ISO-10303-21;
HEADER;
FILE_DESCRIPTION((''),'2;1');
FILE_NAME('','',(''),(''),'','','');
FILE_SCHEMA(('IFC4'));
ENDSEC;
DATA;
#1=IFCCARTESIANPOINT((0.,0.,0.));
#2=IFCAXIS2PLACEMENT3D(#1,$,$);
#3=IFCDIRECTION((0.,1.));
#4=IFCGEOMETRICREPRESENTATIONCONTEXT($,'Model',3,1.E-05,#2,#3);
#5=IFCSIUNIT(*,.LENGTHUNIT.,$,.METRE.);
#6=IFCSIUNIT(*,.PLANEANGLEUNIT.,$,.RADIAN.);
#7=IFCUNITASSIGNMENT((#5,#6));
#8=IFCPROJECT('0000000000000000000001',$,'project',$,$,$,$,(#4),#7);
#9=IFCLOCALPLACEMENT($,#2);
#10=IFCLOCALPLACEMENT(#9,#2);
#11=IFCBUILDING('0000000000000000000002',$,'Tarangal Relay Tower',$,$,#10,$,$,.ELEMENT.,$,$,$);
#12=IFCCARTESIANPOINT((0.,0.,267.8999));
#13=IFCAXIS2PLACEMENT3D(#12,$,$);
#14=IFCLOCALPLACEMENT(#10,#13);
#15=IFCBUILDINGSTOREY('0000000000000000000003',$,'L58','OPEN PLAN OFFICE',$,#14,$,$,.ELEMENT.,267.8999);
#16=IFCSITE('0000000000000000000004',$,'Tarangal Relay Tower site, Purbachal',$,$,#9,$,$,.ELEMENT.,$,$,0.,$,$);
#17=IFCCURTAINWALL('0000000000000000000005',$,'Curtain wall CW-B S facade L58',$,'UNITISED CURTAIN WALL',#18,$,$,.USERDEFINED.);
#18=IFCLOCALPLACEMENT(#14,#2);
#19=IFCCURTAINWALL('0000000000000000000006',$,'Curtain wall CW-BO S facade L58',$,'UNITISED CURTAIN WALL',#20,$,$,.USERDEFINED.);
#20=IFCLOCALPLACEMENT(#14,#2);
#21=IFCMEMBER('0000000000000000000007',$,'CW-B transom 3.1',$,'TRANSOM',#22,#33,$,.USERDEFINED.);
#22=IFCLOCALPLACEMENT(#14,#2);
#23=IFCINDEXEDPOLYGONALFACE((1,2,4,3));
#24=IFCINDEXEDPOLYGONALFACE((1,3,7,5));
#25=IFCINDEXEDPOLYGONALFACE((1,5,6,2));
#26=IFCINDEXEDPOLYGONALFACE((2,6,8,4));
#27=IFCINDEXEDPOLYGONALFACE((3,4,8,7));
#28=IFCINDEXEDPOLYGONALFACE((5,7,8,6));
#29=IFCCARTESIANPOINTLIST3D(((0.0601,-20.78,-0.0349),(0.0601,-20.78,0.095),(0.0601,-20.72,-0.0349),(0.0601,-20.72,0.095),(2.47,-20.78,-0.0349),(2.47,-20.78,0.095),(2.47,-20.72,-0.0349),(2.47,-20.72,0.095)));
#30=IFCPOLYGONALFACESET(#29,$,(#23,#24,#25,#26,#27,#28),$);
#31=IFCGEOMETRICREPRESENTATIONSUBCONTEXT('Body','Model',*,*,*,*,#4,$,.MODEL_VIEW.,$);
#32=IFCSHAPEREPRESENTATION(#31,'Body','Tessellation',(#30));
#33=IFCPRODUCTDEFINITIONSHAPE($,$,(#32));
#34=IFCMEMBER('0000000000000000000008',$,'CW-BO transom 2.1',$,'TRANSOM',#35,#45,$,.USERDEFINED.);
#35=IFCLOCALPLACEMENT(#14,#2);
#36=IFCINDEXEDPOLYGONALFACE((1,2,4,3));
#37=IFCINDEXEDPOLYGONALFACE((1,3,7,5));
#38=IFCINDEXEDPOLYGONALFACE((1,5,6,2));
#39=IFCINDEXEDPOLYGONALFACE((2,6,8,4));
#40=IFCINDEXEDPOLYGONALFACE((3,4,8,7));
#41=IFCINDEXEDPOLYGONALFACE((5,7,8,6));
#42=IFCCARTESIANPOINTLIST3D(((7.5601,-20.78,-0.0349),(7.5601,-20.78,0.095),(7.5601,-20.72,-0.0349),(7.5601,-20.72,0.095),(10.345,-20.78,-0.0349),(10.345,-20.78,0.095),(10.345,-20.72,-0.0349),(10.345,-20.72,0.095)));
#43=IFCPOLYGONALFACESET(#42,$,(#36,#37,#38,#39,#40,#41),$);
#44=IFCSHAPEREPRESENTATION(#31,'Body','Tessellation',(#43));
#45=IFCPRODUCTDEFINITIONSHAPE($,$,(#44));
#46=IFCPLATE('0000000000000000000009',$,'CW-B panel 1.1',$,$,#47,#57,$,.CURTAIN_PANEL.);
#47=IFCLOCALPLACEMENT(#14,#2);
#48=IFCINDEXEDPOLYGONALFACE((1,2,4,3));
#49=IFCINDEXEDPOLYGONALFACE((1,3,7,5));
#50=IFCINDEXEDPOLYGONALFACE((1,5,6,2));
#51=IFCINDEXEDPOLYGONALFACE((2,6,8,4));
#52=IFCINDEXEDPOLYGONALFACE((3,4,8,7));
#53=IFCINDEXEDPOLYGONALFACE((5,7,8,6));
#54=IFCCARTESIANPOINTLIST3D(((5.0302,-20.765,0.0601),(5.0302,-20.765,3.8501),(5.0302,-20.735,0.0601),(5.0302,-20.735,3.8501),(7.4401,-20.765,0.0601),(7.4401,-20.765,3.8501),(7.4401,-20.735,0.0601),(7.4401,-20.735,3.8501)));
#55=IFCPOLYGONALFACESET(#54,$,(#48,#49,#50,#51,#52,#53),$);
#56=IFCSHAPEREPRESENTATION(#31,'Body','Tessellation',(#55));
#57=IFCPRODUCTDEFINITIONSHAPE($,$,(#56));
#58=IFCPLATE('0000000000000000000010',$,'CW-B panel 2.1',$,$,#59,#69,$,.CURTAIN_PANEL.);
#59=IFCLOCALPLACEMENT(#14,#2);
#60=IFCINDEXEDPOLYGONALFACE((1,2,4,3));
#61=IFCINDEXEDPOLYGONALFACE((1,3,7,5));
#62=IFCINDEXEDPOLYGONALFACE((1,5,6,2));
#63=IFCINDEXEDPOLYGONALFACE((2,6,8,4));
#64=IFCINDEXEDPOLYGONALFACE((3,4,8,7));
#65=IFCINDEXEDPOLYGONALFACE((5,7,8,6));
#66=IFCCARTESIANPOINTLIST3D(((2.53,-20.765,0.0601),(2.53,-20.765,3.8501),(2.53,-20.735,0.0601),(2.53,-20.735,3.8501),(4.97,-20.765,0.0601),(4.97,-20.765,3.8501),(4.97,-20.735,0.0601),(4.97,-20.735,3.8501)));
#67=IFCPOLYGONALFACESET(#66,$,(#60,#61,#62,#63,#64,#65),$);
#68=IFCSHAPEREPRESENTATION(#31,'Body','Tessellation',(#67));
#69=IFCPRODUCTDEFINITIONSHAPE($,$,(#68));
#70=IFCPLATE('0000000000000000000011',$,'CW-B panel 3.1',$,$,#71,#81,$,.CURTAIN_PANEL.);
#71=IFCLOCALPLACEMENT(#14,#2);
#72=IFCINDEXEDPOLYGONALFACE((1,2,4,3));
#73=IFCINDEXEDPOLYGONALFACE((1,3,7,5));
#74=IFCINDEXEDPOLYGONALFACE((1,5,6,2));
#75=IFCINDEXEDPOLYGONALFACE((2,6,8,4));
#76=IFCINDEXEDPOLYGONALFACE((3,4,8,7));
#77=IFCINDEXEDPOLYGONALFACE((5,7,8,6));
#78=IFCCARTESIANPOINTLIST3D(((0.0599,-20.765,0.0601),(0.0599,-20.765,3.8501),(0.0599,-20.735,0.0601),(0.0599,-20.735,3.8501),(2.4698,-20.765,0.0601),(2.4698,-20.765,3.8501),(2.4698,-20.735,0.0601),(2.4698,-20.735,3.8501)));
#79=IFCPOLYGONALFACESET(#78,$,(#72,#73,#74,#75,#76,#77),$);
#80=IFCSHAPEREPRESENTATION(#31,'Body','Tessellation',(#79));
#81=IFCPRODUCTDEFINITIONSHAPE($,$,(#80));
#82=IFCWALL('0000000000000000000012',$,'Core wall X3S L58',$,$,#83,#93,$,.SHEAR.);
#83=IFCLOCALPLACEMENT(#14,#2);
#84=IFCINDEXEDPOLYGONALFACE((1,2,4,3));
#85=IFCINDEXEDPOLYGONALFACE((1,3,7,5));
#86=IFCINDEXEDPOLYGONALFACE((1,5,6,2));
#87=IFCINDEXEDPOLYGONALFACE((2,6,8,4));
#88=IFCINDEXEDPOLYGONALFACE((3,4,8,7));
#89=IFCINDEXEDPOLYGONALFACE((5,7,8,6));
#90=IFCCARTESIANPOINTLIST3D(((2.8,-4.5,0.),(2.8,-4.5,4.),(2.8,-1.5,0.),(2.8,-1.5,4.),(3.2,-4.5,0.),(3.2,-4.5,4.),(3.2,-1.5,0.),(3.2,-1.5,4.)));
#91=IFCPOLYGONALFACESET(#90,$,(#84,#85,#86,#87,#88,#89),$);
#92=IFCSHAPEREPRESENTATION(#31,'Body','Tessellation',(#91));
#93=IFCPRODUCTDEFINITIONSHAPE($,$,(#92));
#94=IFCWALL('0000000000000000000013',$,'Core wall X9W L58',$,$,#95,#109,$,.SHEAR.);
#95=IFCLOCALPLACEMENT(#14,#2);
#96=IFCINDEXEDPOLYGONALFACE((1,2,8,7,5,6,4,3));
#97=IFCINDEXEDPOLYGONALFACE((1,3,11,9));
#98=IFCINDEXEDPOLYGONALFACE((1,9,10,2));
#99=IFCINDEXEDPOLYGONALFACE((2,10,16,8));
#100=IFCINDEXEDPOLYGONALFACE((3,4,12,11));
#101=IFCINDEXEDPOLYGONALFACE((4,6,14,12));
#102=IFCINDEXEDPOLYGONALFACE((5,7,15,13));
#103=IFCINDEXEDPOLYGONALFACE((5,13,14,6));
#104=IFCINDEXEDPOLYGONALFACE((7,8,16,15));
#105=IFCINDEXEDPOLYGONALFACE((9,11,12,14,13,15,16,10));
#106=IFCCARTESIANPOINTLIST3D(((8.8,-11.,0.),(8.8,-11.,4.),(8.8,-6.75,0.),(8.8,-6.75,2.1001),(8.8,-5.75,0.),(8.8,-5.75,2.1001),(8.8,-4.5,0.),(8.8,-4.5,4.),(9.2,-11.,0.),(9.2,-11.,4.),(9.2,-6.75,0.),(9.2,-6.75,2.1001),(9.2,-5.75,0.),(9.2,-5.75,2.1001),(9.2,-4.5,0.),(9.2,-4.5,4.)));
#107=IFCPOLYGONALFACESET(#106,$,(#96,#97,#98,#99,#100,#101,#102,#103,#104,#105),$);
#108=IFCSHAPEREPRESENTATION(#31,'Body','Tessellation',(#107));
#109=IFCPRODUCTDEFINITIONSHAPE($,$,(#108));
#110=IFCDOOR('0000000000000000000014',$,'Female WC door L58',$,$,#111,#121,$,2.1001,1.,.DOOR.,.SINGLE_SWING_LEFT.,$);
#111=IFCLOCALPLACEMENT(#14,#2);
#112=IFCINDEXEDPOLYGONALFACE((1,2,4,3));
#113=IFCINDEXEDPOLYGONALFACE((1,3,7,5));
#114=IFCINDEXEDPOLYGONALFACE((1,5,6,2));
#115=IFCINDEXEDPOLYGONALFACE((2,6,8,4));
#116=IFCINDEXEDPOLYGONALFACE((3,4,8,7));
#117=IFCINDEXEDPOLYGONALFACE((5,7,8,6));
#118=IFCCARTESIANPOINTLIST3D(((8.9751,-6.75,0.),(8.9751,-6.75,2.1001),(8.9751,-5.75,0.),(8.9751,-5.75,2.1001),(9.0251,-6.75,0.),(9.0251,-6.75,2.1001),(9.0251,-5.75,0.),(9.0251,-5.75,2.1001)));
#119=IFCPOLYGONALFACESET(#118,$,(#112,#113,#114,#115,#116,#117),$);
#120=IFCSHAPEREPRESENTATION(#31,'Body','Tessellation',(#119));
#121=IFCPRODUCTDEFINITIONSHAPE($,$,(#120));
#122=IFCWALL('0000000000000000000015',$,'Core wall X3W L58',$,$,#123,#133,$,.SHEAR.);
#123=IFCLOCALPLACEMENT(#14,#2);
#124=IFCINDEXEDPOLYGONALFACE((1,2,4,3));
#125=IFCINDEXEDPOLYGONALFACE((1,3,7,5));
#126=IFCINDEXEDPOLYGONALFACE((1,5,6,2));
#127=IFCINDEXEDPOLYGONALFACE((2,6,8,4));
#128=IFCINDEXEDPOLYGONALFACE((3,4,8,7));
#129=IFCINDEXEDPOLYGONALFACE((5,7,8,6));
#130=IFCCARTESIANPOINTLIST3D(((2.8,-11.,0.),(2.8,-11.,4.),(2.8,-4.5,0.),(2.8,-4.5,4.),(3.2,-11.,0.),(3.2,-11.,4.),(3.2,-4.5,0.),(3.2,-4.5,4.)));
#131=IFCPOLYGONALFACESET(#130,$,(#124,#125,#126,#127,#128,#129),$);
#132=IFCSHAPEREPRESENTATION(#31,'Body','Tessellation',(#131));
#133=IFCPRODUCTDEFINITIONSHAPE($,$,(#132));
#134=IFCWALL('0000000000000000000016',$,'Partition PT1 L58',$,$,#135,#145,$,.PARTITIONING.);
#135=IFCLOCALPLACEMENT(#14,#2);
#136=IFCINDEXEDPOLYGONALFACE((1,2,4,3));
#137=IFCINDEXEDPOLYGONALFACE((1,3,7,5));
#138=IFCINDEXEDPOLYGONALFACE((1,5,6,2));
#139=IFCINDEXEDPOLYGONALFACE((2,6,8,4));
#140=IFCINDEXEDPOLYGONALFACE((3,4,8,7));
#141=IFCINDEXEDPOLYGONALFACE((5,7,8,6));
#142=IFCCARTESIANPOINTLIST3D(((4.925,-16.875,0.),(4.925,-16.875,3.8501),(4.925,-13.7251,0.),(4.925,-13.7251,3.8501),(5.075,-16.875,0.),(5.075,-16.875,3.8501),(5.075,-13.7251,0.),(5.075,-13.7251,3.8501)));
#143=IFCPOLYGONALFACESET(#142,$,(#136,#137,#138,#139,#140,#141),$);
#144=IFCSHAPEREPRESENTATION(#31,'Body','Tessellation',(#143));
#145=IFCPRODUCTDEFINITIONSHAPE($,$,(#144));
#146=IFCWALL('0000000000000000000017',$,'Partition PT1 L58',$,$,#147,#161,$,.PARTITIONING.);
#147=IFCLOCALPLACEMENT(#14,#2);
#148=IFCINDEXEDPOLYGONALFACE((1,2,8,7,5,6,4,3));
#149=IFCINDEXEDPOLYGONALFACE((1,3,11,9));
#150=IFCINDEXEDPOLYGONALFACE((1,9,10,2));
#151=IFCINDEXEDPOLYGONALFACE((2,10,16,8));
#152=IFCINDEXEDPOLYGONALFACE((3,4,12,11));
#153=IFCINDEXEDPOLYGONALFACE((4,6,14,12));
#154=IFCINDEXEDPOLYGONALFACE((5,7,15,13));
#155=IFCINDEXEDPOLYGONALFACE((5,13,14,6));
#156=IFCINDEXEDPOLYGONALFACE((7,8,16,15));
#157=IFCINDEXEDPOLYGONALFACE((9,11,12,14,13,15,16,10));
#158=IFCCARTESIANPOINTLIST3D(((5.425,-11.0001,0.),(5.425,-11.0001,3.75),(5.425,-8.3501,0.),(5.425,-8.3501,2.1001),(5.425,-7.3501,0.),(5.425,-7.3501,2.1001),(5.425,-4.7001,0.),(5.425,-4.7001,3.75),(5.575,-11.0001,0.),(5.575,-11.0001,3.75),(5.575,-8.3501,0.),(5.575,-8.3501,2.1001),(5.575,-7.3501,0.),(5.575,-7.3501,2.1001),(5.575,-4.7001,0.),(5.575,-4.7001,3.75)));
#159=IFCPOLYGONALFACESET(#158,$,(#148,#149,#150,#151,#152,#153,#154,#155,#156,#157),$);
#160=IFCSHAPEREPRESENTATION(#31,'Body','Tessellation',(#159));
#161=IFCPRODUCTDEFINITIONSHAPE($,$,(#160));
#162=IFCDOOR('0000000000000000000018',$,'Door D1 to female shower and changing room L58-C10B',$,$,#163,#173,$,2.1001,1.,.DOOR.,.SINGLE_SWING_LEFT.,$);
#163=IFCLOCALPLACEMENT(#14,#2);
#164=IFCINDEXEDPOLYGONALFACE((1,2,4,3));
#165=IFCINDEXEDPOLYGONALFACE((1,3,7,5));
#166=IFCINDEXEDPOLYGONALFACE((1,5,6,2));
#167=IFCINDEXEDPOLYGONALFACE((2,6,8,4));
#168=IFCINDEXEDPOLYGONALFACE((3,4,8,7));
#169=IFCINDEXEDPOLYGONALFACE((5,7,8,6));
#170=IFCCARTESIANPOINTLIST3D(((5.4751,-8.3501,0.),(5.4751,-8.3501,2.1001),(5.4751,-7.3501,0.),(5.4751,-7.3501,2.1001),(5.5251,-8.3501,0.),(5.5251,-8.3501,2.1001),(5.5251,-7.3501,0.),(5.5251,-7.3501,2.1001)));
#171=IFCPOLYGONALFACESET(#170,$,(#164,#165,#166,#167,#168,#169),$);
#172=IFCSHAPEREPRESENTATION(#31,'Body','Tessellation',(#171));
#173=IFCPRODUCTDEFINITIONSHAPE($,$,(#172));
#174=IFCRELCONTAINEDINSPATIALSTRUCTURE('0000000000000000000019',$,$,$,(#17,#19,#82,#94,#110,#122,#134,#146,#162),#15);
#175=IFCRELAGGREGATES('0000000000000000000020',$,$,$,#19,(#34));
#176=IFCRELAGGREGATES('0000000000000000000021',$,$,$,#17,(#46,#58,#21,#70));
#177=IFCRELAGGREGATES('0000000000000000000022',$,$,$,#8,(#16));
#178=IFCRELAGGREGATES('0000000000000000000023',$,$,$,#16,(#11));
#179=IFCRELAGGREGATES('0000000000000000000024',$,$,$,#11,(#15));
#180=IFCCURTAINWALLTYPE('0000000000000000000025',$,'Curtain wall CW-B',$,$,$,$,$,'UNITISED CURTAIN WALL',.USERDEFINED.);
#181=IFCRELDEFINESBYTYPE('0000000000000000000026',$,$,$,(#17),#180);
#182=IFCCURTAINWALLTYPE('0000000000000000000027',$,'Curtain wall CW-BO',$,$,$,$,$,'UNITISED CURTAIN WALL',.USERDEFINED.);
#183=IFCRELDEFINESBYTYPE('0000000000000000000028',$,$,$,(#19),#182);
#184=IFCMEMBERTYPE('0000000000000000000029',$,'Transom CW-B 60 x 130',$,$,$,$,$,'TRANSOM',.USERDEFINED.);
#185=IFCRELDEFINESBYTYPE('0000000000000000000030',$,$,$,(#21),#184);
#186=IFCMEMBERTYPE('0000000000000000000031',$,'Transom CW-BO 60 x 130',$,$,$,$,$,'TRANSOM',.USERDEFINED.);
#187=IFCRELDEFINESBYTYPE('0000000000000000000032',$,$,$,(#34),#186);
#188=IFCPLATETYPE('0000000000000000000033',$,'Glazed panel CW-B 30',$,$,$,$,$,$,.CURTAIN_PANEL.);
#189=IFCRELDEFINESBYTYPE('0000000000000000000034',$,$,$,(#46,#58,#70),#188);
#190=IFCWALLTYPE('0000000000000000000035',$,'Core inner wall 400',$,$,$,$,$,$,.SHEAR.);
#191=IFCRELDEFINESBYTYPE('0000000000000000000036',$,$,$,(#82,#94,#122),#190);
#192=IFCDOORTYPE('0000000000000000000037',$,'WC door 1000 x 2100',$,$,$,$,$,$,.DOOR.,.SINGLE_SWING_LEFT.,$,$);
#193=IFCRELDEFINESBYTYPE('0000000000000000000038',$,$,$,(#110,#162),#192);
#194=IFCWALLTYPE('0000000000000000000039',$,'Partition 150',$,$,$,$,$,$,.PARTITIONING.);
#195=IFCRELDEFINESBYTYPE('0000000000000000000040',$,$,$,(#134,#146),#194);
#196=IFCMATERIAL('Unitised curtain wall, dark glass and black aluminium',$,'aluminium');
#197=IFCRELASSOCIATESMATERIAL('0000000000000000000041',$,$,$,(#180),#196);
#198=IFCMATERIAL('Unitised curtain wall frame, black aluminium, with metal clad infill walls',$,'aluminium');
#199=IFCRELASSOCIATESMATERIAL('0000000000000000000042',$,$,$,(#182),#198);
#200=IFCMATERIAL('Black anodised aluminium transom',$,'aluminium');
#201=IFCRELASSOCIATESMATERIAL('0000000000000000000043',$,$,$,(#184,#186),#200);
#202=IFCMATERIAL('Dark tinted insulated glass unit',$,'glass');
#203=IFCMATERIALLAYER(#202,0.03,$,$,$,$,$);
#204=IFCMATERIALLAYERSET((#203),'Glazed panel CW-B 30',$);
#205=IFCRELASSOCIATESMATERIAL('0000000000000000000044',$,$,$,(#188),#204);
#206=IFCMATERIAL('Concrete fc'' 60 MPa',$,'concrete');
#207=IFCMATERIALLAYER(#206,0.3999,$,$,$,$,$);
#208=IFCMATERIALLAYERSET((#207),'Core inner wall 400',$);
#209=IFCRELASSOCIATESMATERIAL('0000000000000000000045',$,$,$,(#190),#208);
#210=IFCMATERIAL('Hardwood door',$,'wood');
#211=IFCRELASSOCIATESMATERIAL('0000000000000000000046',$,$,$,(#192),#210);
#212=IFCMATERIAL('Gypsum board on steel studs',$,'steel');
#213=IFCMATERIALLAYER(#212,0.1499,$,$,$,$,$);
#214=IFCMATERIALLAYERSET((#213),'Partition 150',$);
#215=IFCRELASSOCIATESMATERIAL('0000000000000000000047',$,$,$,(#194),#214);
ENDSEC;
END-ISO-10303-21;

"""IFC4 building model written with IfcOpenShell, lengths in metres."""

from ifc_helpers import new_model, si_unit, direction, frame, frame_2d, origin, origin_2d, place, context, subcontext, project, spatial, rectangle, extrude, material, layer, layer_set, material_profile, profile_set, type_object, element, fill, aggregate, save


model = new_model("IFC4")

# Units and contexts
model_context = context("Model", 3, precision=1e-05, world=origin(), true_north=direction((0.0, 1.0)))
body_context = subcontext(model_context, "Body", "Model", "MODEL_VIEW")
ifc_project = project(units=[si_unit("LENGTHUNIT", "METRE"), si_unit("PLANEANGLEUNIT", "RADIAN")], contexts=[model_context])

# Site, building, storey
site_placement = place(None, origin())
site = spatial("IfcSite", under=ifc_project, at=site_placement, Name="Tarangal Relay Tower site, Purbachal", CompositionType="ELEMENT", RefElevation=0.0)
building_placement = place(site_placement, origin())
building = spatial("IfcBuilding", under=site, at=building_placement, Name="Tarangal Relay Tower", CompositionType="ELEMENT")
storey_placement = place(building_placement, frame((0.0, 0.0, 267.8999)))
storey = spatial("IfcBuildingStorey", under=building, at=storey_placement, Name="L58", Description="OPEN PLAN OFFICE", CompositionType="ELEMENT", Elevation=267.8999)

# Curtain wall
ifc_material_1 = material(Name="Unitised curtain wall, dark glass and black aluminium", Category="aluminium")
curtain_wall_type_1 = type_object("IfcCurtainWallType", Name="Curtain wall CW-B", ElementType="UNITISED CURTAIN WALL", PredefinedType="USERDEFINED", material=ifc_material_1)
curtain_wall_1_placement = place(storey_placement, origin())
curtain_wall_1 = element("IfcCurtainWall", 1, at=curtain_wall_1_placement, inside=storey, type_object=curtain_wall_type_1, Name="Curtain wall CW-B S facade L58", ObjectType="UNITISED CURTAIN WALL", PredefinedType="USERDEFINED")

# Curtain wall
ifc_material_2 = material(Name="Unitised curtain wall frame, black aluminium, with metal clad infill walls", Category="aluminium")
curtain_wall_type_2 = type_object("IfcCurtainWallType", Name="Curtain wall CW-BO", ElementType="UNITISED CURTAIN WALL", PredefinedType="USERDEFINED", material=ifc_material_2)
curtain_wall_2_placement = place(storey_placement, origin())
curtain_wall_2 = element("IfcCurtainWall", 2, at=curtain_wall_2_placement, inside=storey, type_object=curtain_wall_type_2, Name="Curtain wall CW-BO S facade L58", ObjectType="UNITISED CURTAIN WALL", PredefinedType="USERDEFINED")

# Members
ifc_material_3 = material(Name="Black anodised aluminium transom", Category="aluminium")
ifc_material_profile_1 = material_profile(ifc_material_3, rectangle(XDim=0.0601, YDim=0.1299, at=origin_2d()), Name="CW-BT 60X130")
ifc_profile_set_1 = profile_set([ifc_material_profile_1], Name="Black anodised aluminium transom")
member_type_1 = type_object("IfcMemberType", Name="Transom CW-B 60 x 130", ElementType="TRANSOM", PredefinedType="USERDEFINED", material=ifc_profile_set_1)
member_1_placement = place(storey_placement, frame((2.47, -20.75, 0.03), z_axis=(-1.0, 0.0, 0.0), x_axis=(0.0, -1.0, 0.0)))
member_1 = element("IfcMember", 3, at=member_1_placement, type_object=member_type_1, Name="CW-B transom 3.1", ObjectType="TRANSOM", PredefinedType="USERDEFINED", context=body_context, shape_type="SweptSolid", body=[
    extrude(rectangle(XDim=0.0601, YDim=0.1299, at=origin_2d()), origin(), (0.0, 0.0, 1.0), 2.4099),
])
ifc_material_profile_2 = material_profile(ifc_material_3, rectangle(XDim=0.0601, YDim=0.1299, at=origin_2d()), Name="CW-BOT 60X130")
ifc_profile_set_2 = profile_set([ifc_material_profile_2], Name="Black anodised aluminium transom")
member_type_2 = type_object("IfcMemberType", Name="Transom CW-BO 60 x 130", ElementType="TRANSOM", PredefinedType="USERDEFINED", material=ifc_profile_set_2)
member_2_placement = place(storey_placement, frame((10.345, -20.75, 0.03), z_axis=(-1.0, 0.0, 0.0), x_axis=(0.0, -1.0, 0.0)))
member_2 = element("IfcMember", 4, at=member_2_placement, type_object=member_type_2, Name="CW-BO transom 2.1", ObjectType="TRANSOM", PredefinedType="USERDEFINED", context=body_context, shape_type="SweptSolid", body=[
    extrude(rectangle(XDim=0.0601, YDim=0.1299, at=origin_2d()), origin(), (0.0, 0.0, 1.0), 2.7849),
])
aggregate(curtain_wall_2, [member_2])

# Plates
ifc_material_4 = material(Name="Dark tinted insulated glass unit", Category="glass")
ifc_layer_1 = layer(ifc_material_4, 0.03)
ifc_layer_set_1 = layer_set([ifc_layer_1], Name="Glazed panel CW-B 30")
plate_type = type_object("IfcPlateType", Name="Glazed panel CW-B 30", PredefinedType="CURTAIN_PANEL", material=ifc_layer_set_1)
plate_1_placement = place(storey_placement, frame((6.2351, -20.75, 0.0601), z_axis=(0.0, 0.0, 1.0), x_axis=(-1.0, 0.0, 0.0)))
plate_1 = element("IfcPlate", 5, at=plate_1_placement, type_object=plate_type, Name="CW-B panel 1.1", PredefinedType="CURTAIN_PANEL", context=body_context, shape_type="SweptSolid", body=[
    extrude(rectangle(XDim=2.4099, YDim=0.03, at=origin_2d()), origin(), (0.0, 0.0, 1.0), 3.79),
])
plate_2_placement = place(storey_placement, frame((3.75, -20.75, 0.0601), z_axis=(0.0, 0.0, 1.0), x_axis=(-1.0, 0.0, 0.0)))
plate_2 = element("IfcPlate", 6, at=plate_2_placement, type_object=plate_type, Name="CW-B panel 2.1", PredefinedType="CURTAIN_PANEL", context=body_context, shape_type="SweptSolid", body=[
    extrude(rectangle(XDim=2.4399, YDim=0.03, at=origin_2d()), origin(), (0.0, 0.0, 1.0), 3.79),
])
plate_3_placement = place(storey_placement, frame((1.2649, -20.75, 0.0601), z_axis=(0.0, 0.0, 1.0), x_axis=(-1.0, 0.0, 0.0)))
plate_3 = element("IfcPlate", 7, at=plate_3_placement, type_object=plate_type, Name="CW-B panel 3.1", PredefinedType="CURTAIN_PANEL", context=body_context, shape_type="SweptSolid", body=[
    extrude(rectangle(XDim=2.4099, YDim=0.03, at=origin_2d()), origin(), (0.0, 0.0, 1.0), 3.79),
])
aggregate(curtain_wall_1, [plate_1, plate_2, member_1, plate_3])

# Wall
ifc_material_5 = material(Name="Concrete fc' 60 MPa", Category="concrete")
ifc_layer_2 = layer(ifc_material_5, 0.3999)
ifc_layer_set_2 = layer_set([ifc_layer_2], Name="Core inner wall 400")
wall_type_1 = type_object("IfcWallType", Name="Core inner wall 400", PredefinedType="SHEAR", material=ifc_layer_set_2)
wall_1_placement = place(storey_placement, frame((3.0, -4.5, 0.0), z_axis=(0.0, 0.0, 1.0), x_axis=(0.0, 1.0, 0.0)))
element("IfcWall", 8, at=wall_1_placement, inside=storey, type_object=wall_type_1, Name="Core wall X3S L58", PredefinedType="SHEAR", context=body_context, shape_type="SweptSolid", body=[
    extrude(rectangle(XDim=3.0, YDim=0.3999, at=frame_2d((1.5, 0.0))), origin(), (0.0, 0.0, 1.0), 4.0),
])

# Wall, opening, door
wall_2_placement = place(storey_placement, frame((9.0, -11.0, 0.0), z_axis=(0.0, 0.0, 1.0), x_axis=(0.0, 1.0, 0.0)))
wall_2 = element("IfcWall", 9, at=wall_2_placement, inside=storey, type_object=wall_type_1, Name="Core wall X9W L58", PredefinedType="SHEAR", context=body_context, shape_type="SweptSolid", body=[
    extrude(rectangle(XDim=6.5, YDim=0.3999, at=frame_2d((3.25, 0.0))), origin(), (0.0, 0.0, 1.0), 4.0),
])
opening_1_placement = place(wall_2_placement, frame((4.25, 0.0, 0.0)))
opening_1 = element("IfcOpeningElement", 10, at=opening_1_placement, cuts=wall_2, PredefinedType="OPENING", context=body_context, shape_type="SweptSolid", body=[
    extrude(rectangle(XDim=1.0, YDim=2.1001, at=frame_2d((0.5, 1.05))), frame((0.0, 0.21, 0.0), z_axis=(0.0, -1.0, 0.0), x_axis=(1.0, 0.0, 0.0)), (0.0, 0.0, 1.0), 0.4199),
])
ifc_material_6 = material(Name="Hardwood door", Category="wood")
door_type = type_object("IfcDoorType", Name="WC door 1000 x 2100", OperationType="SINGLE_SWING_LEFT", PredefinedType="DOOR", material=ifc_material_6)
door_1_placement = place(opening_1_placement, origin())
door_1 = element("IfcDoor", 11, at=door_1_placement, inside=storey, type_object=door_type, Name="Female WC door L58", OperationType="SINGLE_SWING_LEFT", OverallHeight=2.1001, OverallWidth=1.0, PredefinedType="DOOR", context=body_context, shape_type="SweptSolid", body=[
    extrude(rectangle(XDim=1.0, YDim=2.1001, at=frame_2d((0.5, 1.05))), frame((0.0, 0.0249, 0.0), z_axis=(0.0, -1.0, 0.0), x_axis=(1.0, 0.0, 0.0)), (0.0, 0.0, 1.0), 0.05),
])
fill(opening_1, door_1)

# Walls
wall_3_placement = place(storey_placement, frame((3.0, -11.0, 0.0), z_axis=(0.0, 0.0, 1.0), x_axis=(0.0, 1.0, 0.0)))
element("IfcWall", 12, at=wall_3_placement, inside=storey, type_object=wall_type_1, Name="Core wall X3W L58", PredefinedType="SHEAR", context=body_context, shape_type="SweptSolid", body=[
    extrude(rectangle(XDim=6.5, YDim=0.3999, at=frame_2d((3.25, 0.0))), origin(), (0.0, 0.0, 1.0), 4.0),
])
ifc_material_7 = material(Name="Gypsum board on steel studs", Category="steel")
ifc_layer_3 = layer(ifc_material_7, 0.1499)
ifc_layer_set_3 = layer_set([ifc_layer_3], Name="Partition 150")
wall_type_2 = type_object("IfcWallType", Name="Partition 150", PredefinedType="PARTITIONING", material=ifc_layer_set_3)
wall_4_placement = place(storey_placement, frame((5.0, -16.875, 0.0), z_axis=(0.0, 0.0, 1.0), x_axis=(0.0, 1.0, 0.0)))
element("IfcWall", 13, at=wall_4_placement, inside=storey, type_object=wall_type_2, Name="Partition PT1 L58", PredefinedType="PARTITIONING", context=body_context, shape_type="SweptSolid", body=[
    extrude(rectangle(XDim=3.1499, YDim=0.1499, at=frame_2d((1.575, 0.0))), origin(), (0.0, 0.0, 1.0), 3.8501),
])

# Wall, opening, door
wall_5_placement = place(storey_placement, frame((5.5, -11.0, 0.0), z_axis=(0.0, 0.0, 1.0), x_axis=(0.0, 1.0, 0.0)))
wall_5 = element("IfcWall", 14, at=wall_5_placement, inside=storey, type_object=wall_type_2, Name="Partition PT1 L58", PredefinedType="PARTITIONING", context=body_context, shape_type="SweptSolid", body=[
    extrude(rectangle(XDim=6.3, YDim=0.1499, at=frame_2d((3.1499, 0.0))), origin(), (0.0, 0.0, 1.0), 3.75),
])
opening_2_placement = place(wall_5_placement, frame((2.6499, 0.0, 0.0)))
opening_2 = element("IfcOpeningElement", 15, at=opening_2_placement, cuts=wall_5, PredefinedType="OPENING", context=body_context, shape_type="SweptSolid", body=[
    extrude(rectangle(XDim=1.0, YDim=2.1001, at=frame_2d((0.5, 1.05))), frame((0.0, 0.085, 0.0), z_axis=(0.0, -1.0, 0.0), x_axis=(1.0, 0.0, 0.0)), (0.0, 0.0, 1.0), 0.1699),
])
door_2_placement = place(opening_2_placement, origin())
door_2 = element("IfcDoor", 16, at=door_2_placement, inside=storey, type_object=door_type, Name="Door D1 to female shower and changing room L58-C10B", OperationType="SINGLE_SWING_LEFT", OverallHeight=2.1001, OverallWidth=1.0, PredefinedType="DOOR", context=body_context, shape_type="SweptSolid", body=[
    extrude(rectangle(XDim=1.0, YDim=2.1001, at=frame_2d((0.5, 1.05))), frame((0.0, 0.0249, 0.0), z_axis=(0.0, -1.0, 0.0), x_axis=(1.0, 0.0, 0.0)), (0.0, 0.0, 1.0), 0.05),
])
fill(opening_2, door_2)

save(model, "model.ifc")
